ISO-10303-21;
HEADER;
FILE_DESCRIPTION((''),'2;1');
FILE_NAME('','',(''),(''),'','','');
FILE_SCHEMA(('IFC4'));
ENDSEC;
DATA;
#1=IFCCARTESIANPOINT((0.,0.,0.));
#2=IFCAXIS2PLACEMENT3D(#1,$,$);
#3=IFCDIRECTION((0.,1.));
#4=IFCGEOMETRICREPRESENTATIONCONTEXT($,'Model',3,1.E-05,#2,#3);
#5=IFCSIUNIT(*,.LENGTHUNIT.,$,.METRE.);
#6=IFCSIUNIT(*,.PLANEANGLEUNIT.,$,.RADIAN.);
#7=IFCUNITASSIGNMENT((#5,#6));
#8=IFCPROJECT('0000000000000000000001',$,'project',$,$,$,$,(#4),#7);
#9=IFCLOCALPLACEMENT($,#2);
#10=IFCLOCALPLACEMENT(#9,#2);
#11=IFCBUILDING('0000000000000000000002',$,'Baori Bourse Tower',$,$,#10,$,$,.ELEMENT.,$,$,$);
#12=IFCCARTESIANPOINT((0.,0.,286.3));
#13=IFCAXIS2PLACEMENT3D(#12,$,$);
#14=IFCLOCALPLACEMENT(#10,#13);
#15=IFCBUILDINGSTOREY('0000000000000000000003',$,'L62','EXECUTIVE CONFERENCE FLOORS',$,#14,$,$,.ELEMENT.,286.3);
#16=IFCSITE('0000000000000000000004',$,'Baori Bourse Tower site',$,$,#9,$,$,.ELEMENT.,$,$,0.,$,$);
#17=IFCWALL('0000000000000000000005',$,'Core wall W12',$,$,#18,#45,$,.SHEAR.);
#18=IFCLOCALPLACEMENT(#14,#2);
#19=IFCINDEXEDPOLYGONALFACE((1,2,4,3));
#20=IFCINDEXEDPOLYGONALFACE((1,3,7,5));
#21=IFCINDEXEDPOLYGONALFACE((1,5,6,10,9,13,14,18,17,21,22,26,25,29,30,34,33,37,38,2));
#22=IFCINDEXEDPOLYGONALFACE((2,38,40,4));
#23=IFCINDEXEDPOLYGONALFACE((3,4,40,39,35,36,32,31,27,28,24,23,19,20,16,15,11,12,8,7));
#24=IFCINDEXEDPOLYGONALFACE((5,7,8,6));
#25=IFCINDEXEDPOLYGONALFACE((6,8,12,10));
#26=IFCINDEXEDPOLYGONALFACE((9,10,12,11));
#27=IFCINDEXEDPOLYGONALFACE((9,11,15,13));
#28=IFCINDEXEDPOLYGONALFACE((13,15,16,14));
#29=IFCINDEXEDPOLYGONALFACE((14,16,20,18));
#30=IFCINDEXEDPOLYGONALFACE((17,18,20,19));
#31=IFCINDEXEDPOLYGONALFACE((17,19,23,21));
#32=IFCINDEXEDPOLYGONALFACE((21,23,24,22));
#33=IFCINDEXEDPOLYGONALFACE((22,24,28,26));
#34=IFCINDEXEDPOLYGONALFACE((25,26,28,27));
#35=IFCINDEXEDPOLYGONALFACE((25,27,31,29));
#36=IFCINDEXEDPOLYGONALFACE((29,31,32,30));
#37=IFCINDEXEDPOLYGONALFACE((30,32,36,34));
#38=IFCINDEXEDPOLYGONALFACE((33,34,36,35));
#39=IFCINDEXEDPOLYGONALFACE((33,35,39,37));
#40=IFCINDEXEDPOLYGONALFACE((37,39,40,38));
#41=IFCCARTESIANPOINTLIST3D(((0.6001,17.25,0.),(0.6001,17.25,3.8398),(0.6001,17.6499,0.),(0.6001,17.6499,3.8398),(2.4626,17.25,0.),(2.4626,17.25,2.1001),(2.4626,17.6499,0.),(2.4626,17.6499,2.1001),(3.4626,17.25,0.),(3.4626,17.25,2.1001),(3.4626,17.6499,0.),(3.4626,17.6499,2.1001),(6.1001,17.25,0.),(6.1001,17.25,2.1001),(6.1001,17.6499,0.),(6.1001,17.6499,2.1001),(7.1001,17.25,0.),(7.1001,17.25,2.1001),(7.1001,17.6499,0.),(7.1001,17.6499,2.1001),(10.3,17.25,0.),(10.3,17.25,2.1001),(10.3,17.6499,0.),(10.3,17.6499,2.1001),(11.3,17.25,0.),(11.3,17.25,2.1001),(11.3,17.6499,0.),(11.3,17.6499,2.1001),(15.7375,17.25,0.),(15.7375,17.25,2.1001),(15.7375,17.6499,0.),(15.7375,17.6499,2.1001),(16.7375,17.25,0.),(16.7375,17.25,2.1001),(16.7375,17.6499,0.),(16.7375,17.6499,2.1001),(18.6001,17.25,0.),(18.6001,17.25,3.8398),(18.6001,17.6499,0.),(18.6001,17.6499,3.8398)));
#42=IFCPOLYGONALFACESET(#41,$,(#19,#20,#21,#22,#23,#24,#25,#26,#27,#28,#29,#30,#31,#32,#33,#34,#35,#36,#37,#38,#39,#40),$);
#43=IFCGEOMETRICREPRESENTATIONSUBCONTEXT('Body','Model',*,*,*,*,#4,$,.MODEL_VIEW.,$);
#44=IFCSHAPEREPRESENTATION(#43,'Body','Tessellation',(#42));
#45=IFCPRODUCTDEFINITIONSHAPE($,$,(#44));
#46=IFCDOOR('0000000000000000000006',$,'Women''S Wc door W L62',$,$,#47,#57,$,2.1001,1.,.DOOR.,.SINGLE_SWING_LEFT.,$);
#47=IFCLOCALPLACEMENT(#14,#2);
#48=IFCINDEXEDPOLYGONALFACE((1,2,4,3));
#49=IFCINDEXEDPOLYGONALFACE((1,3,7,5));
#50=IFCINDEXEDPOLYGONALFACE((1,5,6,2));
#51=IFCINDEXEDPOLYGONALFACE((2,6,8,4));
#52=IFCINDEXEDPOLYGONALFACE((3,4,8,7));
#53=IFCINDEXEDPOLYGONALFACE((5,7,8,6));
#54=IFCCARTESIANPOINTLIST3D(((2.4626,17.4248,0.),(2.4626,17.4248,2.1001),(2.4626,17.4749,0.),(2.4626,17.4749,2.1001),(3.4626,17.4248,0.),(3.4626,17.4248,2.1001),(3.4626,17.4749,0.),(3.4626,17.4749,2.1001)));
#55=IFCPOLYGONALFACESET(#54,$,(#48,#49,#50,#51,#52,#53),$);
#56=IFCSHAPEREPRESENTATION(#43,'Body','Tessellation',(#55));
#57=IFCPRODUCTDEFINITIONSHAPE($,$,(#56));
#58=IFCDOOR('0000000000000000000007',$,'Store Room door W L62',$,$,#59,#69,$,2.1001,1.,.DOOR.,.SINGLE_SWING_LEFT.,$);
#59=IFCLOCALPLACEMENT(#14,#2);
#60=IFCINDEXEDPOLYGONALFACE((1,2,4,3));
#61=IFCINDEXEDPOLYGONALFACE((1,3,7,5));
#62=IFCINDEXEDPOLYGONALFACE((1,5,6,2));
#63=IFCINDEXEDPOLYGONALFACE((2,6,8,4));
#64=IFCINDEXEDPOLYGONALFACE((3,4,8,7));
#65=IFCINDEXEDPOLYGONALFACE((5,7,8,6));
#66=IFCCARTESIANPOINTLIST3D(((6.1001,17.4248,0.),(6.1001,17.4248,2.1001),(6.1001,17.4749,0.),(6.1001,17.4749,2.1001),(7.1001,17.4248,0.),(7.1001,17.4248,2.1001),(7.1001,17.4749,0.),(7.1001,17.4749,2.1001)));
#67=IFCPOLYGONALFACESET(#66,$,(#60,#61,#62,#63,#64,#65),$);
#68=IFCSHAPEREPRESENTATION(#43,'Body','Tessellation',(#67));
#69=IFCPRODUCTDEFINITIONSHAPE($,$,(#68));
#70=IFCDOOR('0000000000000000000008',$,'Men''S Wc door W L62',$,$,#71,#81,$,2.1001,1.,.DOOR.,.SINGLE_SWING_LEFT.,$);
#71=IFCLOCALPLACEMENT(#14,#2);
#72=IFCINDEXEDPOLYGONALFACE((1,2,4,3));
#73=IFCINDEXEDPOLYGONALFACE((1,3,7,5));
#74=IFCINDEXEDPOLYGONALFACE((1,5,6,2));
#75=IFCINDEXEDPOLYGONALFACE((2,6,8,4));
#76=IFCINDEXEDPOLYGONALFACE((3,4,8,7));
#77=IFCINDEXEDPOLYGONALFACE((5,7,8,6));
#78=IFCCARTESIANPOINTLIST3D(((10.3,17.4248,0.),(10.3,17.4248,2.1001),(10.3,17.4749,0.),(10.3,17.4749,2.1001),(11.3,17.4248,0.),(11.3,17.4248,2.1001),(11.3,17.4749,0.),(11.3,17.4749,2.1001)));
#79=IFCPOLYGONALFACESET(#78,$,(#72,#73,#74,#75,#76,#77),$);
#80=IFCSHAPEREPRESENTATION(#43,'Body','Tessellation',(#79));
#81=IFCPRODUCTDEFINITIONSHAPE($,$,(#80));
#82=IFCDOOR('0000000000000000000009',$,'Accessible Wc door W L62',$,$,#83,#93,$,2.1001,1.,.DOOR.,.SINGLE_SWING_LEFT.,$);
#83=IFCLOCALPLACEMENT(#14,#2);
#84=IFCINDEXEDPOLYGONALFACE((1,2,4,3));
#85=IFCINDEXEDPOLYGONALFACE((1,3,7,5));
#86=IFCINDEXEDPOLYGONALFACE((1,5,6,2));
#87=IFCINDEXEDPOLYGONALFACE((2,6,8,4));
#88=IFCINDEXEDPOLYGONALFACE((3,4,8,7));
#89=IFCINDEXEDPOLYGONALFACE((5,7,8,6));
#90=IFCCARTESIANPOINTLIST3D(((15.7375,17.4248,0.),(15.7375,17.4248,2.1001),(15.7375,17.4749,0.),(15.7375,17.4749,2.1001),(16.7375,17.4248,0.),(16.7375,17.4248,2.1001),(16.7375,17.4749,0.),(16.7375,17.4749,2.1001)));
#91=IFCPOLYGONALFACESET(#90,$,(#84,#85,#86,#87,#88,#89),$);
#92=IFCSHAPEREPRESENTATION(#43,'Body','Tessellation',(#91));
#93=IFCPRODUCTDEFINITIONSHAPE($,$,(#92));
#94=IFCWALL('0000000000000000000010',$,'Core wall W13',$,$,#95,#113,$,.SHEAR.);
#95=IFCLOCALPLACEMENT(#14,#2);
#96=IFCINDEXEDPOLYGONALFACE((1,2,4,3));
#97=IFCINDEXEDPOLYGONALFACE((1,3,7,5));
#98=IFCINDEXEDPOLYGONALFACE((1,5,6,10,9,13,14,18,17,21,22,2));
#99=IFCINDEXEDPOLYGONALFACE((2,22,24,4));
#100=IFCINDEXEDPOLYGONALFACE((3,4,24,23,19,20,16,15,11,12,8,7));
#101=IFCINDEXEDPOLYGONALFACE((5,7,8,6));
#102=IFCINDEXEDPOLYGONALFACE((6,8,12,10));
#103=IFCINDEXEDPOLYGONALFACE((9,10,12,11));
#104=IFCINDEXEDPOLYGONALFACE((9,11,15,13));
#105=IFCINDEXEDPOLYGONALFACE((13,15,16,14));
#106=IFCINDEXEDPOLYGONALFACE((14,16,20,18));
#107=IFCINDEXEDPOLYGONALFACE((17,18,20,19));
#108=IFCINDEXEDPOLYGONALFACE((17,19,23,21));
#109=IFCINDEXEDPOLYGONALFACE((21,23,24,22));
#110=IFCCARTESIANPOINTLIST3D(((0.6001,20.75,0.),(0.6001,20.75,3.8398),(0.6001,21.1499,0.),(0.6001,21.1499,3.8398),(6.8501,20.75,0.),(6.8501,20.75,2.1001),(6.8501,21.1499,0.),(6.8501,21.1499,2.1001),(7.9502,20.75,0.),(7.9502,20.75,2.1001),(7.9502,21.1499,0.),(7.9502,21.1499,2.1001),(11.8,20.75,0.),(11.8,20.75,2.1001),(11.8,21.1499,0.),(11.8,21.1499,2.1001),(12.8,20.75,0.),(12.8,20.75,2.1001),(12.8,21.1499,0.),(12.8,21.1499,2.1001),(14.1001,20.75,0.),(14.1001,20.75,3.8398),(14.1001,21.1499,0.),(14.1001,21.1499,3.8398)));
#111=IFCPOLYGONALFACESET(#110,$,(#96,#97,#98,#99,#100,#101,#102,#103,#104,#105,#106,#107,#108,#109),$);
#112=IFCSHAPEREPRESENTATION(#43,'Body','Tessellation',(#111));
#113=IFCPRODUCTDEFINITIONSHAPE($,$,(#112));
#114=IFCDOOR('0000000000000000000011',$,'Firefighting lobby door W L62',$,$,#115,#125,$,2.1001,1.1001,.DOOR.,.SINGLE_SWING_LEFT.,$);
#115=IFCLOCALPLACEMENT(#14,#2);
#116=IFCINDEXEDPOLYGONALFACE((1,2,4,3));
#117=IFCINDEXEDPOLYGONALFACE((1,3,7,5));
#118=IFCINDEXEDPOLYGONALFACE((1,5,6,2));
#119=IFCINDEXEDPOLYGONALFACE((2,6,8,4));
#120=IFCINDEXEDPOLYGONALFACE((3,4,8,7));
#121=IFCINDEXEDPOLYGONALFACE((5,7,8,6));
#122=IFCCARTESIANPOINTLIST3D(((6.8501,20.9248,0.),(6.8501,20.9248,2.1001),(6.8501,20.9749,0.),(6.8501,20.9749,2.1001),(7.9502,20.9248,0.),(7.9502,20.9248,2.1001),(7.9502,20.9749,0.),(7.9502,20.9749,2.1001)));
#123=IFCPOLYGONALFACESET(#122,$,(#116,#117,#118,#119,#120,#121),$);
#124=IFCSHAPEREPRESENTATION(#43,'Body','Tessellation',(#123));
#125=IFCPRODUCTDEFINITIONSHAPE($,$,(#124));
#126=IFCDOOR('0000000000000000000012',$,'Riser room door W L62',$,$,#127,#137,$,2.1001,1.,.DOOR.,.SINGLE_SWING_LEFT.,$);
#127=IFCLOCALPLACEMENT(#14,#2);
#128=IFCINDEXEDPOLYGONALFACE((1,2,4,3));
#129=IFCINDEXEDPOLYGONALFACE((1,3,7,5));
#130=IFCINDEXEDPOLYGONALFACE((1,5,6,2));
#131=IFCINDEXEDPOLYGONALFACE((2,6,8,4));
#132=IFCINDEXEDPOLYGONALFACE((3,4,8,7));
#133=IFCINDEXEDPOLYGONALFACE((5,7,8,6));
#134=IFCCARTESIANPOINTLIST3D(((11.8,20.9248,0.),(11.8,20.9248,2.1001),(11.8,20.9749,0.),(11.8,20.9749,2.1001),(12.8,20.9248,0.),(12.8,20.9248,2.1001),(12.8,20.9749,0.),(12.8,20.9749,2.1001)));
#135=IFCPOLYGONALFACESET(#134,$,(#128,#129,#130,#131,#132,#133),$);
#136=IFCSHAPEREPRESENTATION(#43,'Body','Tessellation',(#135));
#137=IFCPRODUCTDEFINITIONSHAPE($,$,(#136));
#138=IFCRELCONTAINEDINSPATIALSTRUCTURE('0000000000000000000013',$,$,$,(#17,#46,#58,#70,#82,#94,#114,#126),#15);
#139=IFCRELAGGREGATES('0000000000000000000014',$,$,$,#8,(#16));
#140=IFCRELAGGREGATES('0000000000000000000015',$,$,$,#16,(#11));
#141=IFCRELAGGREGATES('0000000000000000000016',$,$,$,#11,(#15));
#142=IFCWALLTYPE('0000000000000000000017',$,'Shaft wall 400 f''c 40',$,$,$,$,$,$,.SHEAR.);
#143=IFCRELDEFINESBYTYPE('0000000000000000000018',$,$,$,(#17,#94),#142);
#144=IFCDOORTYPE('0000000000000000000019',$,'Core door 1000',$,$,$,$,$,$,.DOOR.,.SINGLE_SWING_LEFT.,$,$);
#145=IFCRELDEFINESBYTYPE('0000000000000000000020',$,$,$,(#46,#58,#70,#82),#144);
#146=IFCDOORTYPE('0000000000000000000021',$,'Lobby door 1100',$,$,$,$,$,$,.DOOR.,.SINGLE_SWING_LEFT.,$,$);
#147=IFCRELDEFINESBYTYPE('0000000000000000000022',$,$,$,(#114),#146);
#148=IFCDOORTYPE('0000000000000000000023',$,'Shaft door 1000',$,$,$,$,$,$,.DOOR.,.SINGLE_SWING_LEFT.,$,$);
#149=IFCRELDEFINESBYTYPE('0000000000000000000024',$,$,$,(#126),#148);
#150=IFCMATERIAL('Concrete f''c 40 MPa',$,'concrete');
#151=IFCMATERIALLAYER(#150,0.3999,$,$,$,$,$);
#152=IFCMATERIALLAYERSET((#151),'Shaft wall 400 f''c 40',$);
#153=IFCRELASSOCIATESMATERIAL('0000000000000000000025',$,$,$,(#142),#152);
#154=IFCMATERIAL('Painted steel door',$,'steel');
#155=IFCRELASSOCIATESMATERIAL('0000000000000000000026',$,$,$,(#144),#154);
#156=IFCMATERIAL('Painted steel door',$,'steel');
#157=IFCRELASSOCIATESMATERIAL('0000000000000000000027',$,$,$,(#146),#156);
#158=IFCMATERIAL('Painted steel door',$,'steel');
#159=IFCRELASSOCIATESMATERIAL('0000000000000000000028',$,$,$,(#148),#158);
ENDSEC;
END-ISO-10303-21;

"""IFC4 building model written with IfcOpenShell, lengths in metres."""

from ifc_helpers import new_model, si_unit, direction, frame, frame_2d, origin, place, context, subcontext, project, spatial, rectangle, extrude, material, layer, layer_set, type_object, element, fill, save


model = new_model("IFC4")

# Units and contexts
model_context = context("Model", 3, precision=1e-05, world=origin(), true_north=direction((0.0, 1.0)))
body_context = subcontext(model_context, "Body", "Model", "MODEL_VIEW")
ifc_project = project(units=[si_unit("LENGTHUNIT", "METRE"), si_unit("PLANEANGLEUNIT", "RADIAN")], contexts=[model_context])

# Site, building, storey
site_placement = place(None, origin())
site = spatial("IfcSite", under=ifc_project, at=site_placement, Name="Baori Bourse Tower site", CompositionType="ELEMENT", RefElevation=0.0)
building_placement = place(site_placement, origin())
building = spatial("IfcBuilding", under=site, at=building_placement, Name="Baori Bourse Tower", CompositionType="ELEMENT")
storey_placement = place(building_placement, frame((0.0, 0.0, 286.3)))
storey = spatial("IfcBuildingStorey", under=building, at=storey_placement, Name="L62", Description="EXECUTIVE CONFERENCE FLOORS", CompositionType="ELEMENT", Elevation=286.3)

# Shared definitions
ifc_material_1 = material(Name="Concrete f'c 40 MPa", Category="concrete")
ifc_layer_1 = layer(ifc_material_1, 0.3999)
ifc_layer_set_1 = layer_set([ifc_layer_1], Name="Shaft wall 400 f'c 40")
wall_type_1 = type_object("IfcWallType", Name="Shaft wall 400 f'c 40", PredefinedType="SHEAR", material=ifc_layer_set_1)

# Walls, openings, doors
wall_1_placement = place(storey_placement, frame((0.6001, 17.45, 0.0), z_axis=(0.0, 0.0, 1.0), x_axis=(1.0, 0.0, 0.0)))
wall_1 = element("IfcWall", 1, at=wall_1_placement, inside=storey, type_object=wall_type_1, Name="Core wall W12", PredefinedType="SHEAR", context=body_context, shape_type="SweptSolid", body=[
    extrude(rectangle(XDim=18.0, YDim=0.3999, at=frame_2d((9.0, 0.0))), origin(), (0.0, 0.0, 1.0), 3.8398),
])
opening_1_placement = place(wall_1_placement, frame((1.8625, 0.0, 0.0)))
opening_1 = element("IfcOpeningElement", 2, at=opening_1_placement, cuts=wall_1, PredefinedType="OPENING", context=body_context, shape_type="SweptSolid", body=[
    extrude(rectangle(XDim=1.0, YDim=2.1001, at=frame_2d((0.5, 1.05))), frame((0.0, 0.21, 0.0), z_axis=(0.0, -1.0, 0.0), x_axis=(1.0, 0.0, 0.0)), (0.0, 0.0, 1.0), 0.4199),
])
opening_2_placement = place(wall_1_placement, frame((5.5, 0.0, 0.0)))
opening_2 = element("IfcOpeningElement", 3, at=opening_2_placement, cuts=wall_1, PredefinedType="OPENING", context=body_context, shape_type="SweptSolid", body=[
    extrude(rectangle(XDim=1.0, YDim=2.1001, at=frame_2d((0.5, 1.05))), frame((0.0, 0.21, 0.0), z_axis=(0.0, -1.0, 0.0), x_axis=(1.0, 0.0, 0.0)), (0.0, 0.0, 1.0), 0.4199),
])
opening_3_placement = place(wall_1_placement, frame((9.7, 0.0, 0.0)))
opening_3 = element("IfcOpeningElement", 4, at=opening_3_placement, cuts=wall_1, PredefinedType="OPENING", context=body_context, shape_type="SweptSolid", body=[
    extrude(rectangle(XDim=1.0, YDim=2.1001, at=frame_2d((0.5, 1.05))), frame((0.0, 0.21, 0.0), z_axis=(0.0, -1.0, 0.0), x_axis=(1.0, 0.0, 0.0)), (0.0, 0.0, 1.0), 0.4199),
])
opening_4_placement = place(wall_1_placement, frame((15.1375, 0.0, 0.0)))
opening_4 = element("IfcOpeningElement", 5, at=opening_4_placement, cuts=wall_1, PredefinedType="OPENING", context=body_context, shape_type="SweptSolid", body=[
    extrude(rectangle(XDim=1.0, YDim=2.1001, at=frame_2d((0.5, 1.05))), frame((0.0, 0.21, 0.0), z_axis=(0.0, -1.0, 0.0), x_axis=(1.0, 0.0, 0.0)), (0.0, 0.0, 1.0), 0.4199),
])
ifc_material_2 = material(Name="Painted steel door", Category="steel")
door_type_1 = type_object("IfcDoorType", Name="Core door 1000", OperationType="SINGLE_SWING_LEFT", PredefinedType="DOOR", material=ifc_material_2)
door_1_placement = place(opening_1_placement, origin())
door_1 = element("IfcDoor", 6, at=door_1_placement, inside=storey, type_object=door_type_1, Name="Women'S Wc door W L62", OperationType="SINGLE_SWING_LEFT", OverallHeight=2.1001, OverallWidth=1.0, PredefinedType="DOOR", context=body_context, shape_type="SweptSolid", body=[
    extrude(rectangle(XDim=1.0, YDim=2.1001, at=frame_2d((0.5, 1.05))), frame((0.0, 0.0249, 0.0), z_axis=(0.0, -1.0, 0.0), x_axis=(1.0, 0.0, 0.0)), (0.0, 0.0, 1.0), 0.05),
])
fill(opening_1, door_1)
door_2_placement = place(opening_2_placement, origin())
door_2 = element("IfcDoor", 7, at=door_2_placement, inside=storey, type_object=door_type_1, Name="Store Room door W L62", OperationType="SINGLE_SWING_LEFT", OverallHeight=2.1001, OverallWidth=1.0, PredefinedType="DOOR", context=body_context, shape_type="SweptSolid", body=[
    extrude(rectangle(XDim=1.0, YDim=2.1001, at=frame_2d((0.5, 1.05))), frame((0.0, 0.0249, 0.0), z_axis=(0.0, -1.0, 0.0), x_axis=(1.0, 0.0, 0.0)), (0.0, 0.0, 1.0), 0.05),
])
fill(opening_2, door_2)
door_3_placement = place(opening_3_placement, origin())
door_3 = element("IfcDoor", 8, at=door_3_placement, inside=storey, type_object=door_type_1, Name="Men'S Wc door W L62", OperationType="SINGLE_SWING_LEFT", OverallHeight=2.1001, OverallWidth=1.0, PredefinedType="DOOR", context=body_context, shape_type="SweptSolid", body=[
    extrude(rectangle(XDim=1.0, YDim=2.1001, at=frame_2d((0.5, 1.05))), frame((0.0, 0.0249, 0.0), z_axis=(0.0, -1.0, 0.0), x_axis=(1.0, 0.0, 0.0)), (0.0, 0.0, 1.0), 0.05),
])
fill(opening_3, door_3)
door_4_placement = place(opening_4_placement, origin())
door_4 = element("IfcDoor", 9, at=door_4_placement, inside=storey, type_object=door_type_1, Name="Accessible Wc door W L62", OperationType="SINGLE_SWING_LEFT", OverallHeight=2.1001, OverallWidth=1.0, PredefinedType="DOOR", context=body_context, shape_type="SweptSolid", body=[
    extrude(rectangle(XDim=1.0, YDim=2.1001, at=frame_2d((0.5, 1.05))), frame((0.0, 0.0249, 0.0), z_axis=(0.0, -1.0, 0.0), x_axis=(1.0, 0.0, 0.0)), (0.0, 0.0, 1.0), 0.05),
])
fill(opening_4, door_4)
wall_2_placement = place(storey_placement, frame((0.6001, 20.95, 0.0), z_axis=(0.0, 0.0, 1.0), x_axis=(1.0, 0.0, 0.0)))
wall_2 = element("IfcWall", 10, at=wall_2_placement, inside=storey, type_object=wall_type_1, Name="Core wall W13", PredefinedType="SHEAR", context=body_context, shape_type="SweptSolid", body=[
    extrude(rectangle(XDim=13.5, YDim=0.3999, at=frame_2d((6.75, 0.0))), origin(), (0.0, 0.0, 1.0), 3.8398),
])
opening_5_placement = place(wall_2_placement, frame((6.25, 0.0, 0.0)))
opening_5 = element("IfcOpeningElement", 11, at=opening_5_placement, cuts=wall_2, PredefinedType="OPENING", context=body_context, shape_type="SweptSolid", body=[
    extrude(rectangle(XDim=1.1001, YDim=2.1001, at=frame_2d((0.55, 1.05))), frame((0.0, 0.21, 0.0), z_axis=(0.0, -1.0, 0.0), x_axis=(1.0, 0.0, 0.0)), (0.0, 0.0, 1.0), 0.4199),
])
opening_6_placement = place(wall_2_placement, frame((11.2, 0.0, 0.0)))
opening_6 = element("IfcOpeningElement", 12, at=opening_6_placement, cuts=wall_2, PredefinedType="OPENING", context=body_context, shape_type="SweptSolid", body=[
    extrude(rectangle(XDim=1.0, YDim=2.1001, at=frame_2d((0.5, 1.05))), frame((0.0, 0.21, 0.0), z_axis=(0.0, -1.0, 0.0), x_axis=(1.0, 0.0, 0.0)), (0.0, 0.0, 1.0), 0.4199),
])
ifc_material_3 = material(Name="Painted steel door", Category="steel")
door_type_2 = type_object("IfcDoorType", Name="Lobby door 1100", OperationType="SINGLE_SWING_LEFT", PredefinedType="DOOR", material=ifc_material_3)
door_5_placement = place(opening_5_placement, origin())
door_5 = element("IfcDoor", 13, at=door_5_placement, inside=storey, type_object=door_type_2, Name="Firefighting lobby door W L62", OperationType="SINGLE_SWING_LEFT", OverallHeight=2.1001, OverallWidth=1.1001, PredefinedType="DOOR", context=body_context, shape_type="SweptSolid", body=[
    extrude(rectangle(XDim=1.1001, YDim=2.1001, at=frame_2d((0.55, 1.05))), frame((0.0, 0.0249, 0.0), z_axis=(0.0, -1.0, 0.0), x_axis=(1.0, 0.0, 0.0)), (0.0, 0.0, 1.0), 0.05),
])
fill(opening_5, door_5)
ifc_material_4 = material(Name="Painted steel door", Category="steel")
door_type_3 = type_object("IfcDoorType", Name="Shaft door 1000", OperationType="SINGLE_SWING_LEFT", PredefinedType="DOOR", material=ifc_material_4)
door_6_placement = place(opening_6_placement, origin())
door_6 = element("IfcDoor", 14, at=door_6_placement, inside=storey, type_object=door_type_3, Name="Riser room door W L62", OperationType="SINGLE_SWING_LEFT", OverallHeight=2.1001, OverallWidth=1.0, PredefinedType="DOOR", context=body_context, shape_type="SweptSolid", body=[
    extrude(rectangle(XDim=1.0, YDim=2.1001, at=frame_2d((0.5, 1.05))), frame((0.0, 0.0249, 0.0), z_axis=(0.0, -1.0, 0.0), x_axis=(1.0, 0.0, 0.0)), (0.0, 0.0, 1.0), 0.05),
])
fill(opening_6, door_6)

save(model, "model.ifc")
